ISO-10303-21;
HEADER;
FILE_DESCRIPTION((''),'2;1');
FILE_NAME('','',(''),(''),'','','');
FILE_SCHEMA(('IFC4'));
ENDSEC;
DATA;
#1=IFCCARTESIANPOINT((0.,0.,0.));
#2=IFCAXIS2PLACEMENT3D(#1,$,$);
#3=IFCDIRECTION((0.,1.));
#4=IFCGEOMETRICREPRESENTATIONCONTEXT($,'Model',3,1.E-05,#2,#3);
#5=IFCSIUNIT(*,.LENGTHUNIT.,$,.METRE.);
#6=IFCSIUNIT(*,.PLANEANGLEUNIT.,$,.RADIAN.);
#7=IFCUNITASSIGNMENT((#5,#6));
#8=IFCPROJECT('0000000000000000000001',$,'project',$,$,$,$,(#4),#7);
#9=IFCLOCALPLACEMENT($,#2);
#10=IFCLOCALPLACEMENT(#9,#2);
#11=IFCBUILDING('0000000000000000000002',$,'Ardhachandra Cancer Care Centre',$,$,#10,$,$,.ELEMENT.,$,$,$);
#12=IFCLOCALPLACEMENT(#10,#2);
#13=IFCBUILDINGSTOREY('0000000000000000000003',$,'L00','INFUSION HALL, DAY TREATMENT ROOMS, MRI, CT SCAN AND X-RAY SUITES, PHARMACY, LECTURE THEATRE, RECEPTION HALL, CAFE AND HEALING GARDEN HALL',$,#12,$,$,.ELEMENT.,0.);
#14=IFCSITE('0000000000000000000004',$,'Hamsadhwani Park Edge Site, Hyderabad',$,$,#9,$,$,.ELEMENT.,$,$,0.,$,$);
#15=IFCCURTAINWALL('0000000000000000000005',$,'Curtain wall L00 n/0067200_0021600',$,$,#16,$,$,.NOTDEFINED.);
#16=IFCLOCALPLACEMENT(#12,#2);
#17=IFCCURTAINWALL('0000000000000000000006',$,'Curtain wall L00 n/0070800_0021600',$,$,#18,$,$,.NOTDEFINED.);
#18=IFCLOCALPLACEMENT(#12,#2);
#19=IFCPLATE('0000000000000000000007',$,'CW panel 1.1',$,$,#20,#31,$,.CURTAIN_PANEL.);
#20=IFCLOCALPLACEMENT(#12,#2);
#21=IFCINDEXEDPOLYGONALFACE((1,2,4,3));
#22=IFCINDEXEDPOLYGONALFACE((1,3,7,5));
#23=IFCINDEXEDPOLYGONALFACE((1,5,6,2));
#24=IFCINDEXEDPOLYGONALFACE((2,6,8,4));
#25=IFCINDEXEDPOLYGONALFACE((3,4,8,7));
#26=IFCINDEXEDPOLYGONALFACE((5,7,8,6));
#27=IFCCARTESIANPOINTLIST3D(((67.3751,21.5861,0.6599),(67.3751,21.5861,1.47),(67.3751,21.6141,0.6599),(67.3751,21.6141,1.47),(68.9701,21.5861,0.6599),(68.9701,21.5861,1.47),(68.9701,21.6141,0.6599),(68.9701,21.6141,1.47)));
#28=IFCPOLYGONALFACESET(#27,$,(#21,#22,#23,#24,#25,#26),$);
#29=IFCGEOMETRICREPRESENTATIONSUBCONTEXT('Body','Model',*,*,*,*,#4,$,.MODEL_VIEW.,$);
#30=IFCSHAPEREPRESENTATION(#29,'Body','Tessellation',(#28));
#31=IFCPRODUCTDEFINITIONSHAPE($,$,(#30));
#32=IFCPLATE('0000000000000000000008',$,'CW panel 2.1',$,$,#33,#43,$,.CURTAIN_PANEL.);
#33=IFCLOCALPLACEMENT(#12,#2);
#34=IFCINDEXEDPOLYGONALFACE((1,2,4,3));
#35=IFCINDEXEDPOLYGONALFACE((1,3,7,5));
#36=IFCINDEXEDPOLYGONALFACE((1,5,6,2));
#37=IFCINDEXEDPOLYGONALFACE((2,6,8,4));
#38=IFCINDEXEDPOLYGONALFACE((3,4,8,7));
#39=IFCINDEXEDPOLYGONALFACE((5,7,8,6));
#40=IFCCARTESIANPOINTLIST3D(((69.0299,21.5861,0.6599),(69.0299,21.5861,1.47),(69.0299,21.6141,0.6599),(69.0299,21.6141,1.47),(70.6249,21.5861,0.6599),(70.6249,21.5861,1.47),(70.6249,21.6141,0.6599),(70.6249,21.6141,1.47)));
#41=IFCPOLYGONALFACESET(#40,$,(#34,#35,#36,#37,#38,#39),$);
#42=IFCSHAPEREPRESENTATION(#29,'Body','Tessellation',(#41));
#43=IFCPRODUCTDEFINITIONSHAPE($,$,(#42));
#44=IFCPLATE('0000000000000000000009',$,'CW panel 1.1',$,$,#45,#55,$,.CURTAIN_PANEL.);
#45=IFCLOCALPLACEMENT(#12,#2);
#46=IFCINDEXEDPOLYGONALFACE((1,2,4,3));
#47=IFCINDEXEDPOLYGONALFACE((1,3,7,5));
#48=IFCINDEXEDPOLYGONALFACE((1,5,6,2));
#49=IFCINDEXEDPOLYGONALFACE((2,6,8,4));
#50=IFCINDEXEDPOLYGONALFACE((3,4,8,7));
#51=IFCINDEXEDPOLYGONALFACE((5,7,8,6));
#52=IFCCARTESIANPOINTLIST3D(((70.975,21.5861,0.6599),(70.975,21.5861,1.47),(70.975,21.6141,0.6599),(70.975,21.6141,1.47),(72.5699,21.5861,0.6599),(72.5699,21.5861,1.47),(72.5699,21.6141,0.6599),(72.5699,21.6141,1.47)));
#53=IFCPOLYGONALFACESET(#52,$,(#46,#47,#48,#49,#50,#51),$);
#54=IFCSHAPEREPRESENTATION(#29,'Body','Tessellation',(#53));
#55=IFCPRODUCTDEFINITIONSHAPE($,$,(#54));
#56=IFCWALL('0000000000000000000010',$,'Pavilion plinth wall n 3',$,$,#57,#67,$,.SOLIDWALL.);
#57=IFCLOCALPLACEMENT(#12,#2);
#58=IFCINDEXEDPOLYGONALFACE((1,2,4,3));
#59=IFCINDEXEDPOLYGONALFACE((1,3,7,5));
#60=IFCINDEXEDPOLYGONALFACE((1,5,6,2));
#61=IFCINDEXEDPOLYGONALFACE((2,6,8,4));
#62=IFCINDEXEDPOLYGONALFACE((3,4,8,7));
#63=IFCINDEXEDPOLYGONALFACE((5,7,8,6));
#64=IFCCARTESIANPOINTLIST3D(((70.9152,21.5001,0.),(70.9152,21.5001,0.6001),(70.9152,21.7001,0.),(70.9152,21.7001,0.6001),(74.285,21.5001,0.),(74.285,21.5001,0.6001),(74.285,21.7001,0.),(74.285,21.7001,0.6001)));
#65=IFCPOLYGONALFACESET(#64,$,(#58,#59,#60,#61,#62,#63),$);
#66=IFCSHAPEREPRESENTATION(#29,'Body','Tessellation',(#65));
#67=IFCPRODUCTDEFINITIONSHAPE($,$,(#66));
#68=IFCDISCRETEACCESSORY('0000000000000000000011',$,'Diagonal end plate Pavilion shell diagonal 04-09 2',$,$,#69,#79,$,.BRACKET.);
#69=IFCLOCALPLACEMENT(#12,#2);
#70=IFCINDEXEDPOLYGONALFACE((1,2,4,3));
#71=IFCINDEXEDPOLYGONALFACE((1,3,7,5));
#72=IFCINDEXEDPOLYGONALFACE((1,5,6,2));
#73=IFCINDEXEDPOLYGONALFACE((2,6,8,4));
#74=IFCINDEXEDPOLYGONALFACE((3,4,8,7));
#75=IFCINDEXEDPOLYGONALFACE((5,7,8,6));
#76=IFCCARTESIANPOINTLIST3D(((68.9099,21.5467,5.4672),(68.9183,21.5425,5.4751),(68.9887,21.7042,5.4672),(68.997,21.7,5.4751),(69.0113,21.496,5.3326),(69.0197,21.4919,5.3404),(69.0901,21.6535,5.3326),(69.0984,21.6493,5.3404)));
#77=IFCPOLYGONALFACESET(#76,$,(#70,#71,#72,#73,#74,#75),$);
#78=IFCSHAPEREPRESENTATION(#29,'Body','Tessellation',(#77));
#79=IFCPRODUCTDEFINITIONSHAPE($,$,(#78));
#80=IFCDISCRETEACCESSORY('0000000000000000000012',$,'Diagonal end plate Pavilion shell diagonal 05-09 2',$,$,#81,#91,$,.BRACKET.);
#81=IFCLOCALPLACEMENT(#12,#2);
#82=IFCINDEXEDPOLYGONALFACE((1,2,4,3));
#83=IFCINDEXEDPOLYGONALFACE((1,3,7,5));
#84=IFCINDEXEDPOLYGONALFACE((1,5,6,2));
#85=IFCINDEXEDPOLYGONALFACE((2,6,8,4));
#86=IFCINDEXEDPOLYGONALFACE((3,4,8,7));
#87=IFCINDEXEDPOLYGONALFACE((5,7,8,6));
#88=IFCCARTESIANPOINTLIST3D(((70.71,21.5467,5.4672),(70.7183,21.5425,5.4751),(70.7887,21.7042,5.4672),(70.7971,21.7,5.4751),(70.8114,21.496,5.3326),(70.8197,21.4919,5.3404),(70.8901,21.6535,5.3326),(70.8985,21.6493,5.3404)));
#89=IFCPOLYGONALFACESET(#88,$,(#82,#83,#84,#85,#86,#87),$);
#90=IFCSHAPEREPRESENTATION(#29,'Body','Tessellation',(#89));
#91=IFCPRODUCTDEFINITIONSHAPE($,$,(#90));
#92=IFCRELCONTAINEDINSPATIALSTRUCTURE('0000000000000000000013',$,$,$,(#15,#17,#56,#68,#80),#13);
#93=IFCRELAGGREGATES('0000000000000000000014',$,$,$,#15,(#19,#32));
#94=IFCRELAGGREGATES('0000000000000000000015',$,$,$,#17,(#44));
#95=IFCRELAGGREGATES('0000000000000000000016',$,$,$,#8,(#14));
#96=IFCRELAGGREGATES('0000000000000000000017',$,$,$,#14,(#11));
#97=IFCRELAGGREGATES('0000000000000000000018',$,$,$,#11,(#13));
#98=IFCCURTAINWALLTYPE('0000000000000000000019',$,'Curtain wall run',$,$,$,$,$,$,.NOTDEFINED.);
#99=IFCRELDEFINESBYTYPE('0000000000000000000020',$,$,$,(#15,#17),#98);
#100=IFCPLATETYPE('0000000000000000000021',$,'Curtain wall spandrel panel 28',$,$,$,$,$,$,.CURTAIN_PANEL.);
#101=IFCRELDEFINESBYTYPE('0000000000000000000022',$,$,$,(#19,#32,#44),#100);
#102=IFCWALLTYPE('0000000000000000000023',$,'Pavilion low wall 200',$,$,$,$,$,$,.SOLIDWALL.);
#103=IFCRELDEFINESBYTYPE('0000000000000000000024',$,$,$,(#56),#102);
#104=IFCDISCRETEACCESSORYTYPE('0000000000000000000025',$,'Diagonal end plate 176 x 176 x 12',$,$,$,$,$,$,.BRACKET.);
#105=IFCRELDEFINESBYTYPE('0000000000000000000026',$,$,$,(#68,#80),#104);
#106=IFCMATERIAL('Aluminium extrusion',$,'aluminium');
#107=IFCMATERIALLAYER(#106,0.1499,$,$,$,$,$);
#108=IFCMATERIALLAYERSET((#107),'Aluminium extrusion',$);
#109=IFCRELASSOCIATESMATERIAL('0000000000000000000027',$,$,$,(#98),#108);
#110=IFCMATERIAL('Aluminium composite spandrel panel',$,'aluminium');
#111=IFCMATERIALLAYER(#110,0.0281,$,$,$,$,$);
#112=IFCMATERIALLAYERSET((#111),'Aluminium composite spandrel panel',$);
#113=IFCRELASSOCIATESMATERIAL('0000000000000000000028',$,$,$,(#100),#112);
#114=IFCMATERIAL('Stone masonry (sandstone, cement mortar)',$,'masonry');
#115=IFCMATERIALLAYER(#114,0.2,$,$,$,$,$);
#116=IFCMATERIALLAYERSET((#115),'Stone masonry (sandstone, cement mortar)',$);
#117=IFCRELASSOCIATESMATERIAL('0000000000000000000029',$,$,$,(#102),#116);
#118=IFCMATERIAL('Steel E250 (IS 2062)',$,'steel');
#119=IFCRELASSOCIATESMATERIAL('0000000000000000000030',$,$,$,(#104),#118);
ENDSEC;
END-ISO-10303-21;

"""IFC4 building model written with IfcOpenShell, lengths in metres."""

from ifc_helpers import new_model, si_unit, direction, frame, frame_2d, origin, origin_2d, place, context, subcontext, project, spatial, rectangle, extrude, material, layer, layer_set, material_profile, profile_set, type_object, element, aggregate, save


model = new_model("IFC4")

# Units and contexts
model_context = context("Model", 3, precision=1e-05, world=origin(), true_north=direction((0.0, 1.0)))
body_context = subcontext(model_context, "Body", "Model", "MODEL_VIEW")
ifc_project = project(units=[si_unit("LENGTHUNIT", "METRE"), si_unit("PLANEANGLEUNIT", "RADIAN")], contexts=[model_context])

# Site, building, storey
site_placement = place(None, origin())
site = spatial("IfcSite", under=ifc_project, at=site_placement, Name="Hamsadhwani Park Edge Site, Hyderabad", CompositionType="ELEMENT", RefElevation=0.0)
building_placement = place(site_placement, origin())
building = spatial("IfcBuilding", under=site, at=building_placement, Name="Ardhachandra Cancer Care Centre", CompositionType="ELEMENT")
storey_placement = place(building_placement, origin())
storey = spatial("IfcBuildingStorey", under=building, at=storey_placement, Name="L00", Description="INFUSION HALL, DAY TREATMENT ROOMS, MRI, CT SCAN AND X-RAY SUITES, PHARMACY, LECTURE THEATRE, RECEPTION HALL, CAFE AND HEALING GARDEN HALL", CompositionType="ELEMENT", Elevation=0.0)

# Curtain wall
ifc_material_1 = material(Name="Aluminium extrusion", Category="aluminium")
ifc_layer_1 = layer(ifc_material_1, 0.1499)
ifc_layer_set_1 = layer_set([ifc_layer_1], Name="Aluminium extrusion")
curtain_wall_type = type_object("IfcCurtainWallType", Name="Curtain wall run", PredefinedType="NOTDEFINED", material=ifc_layer_set_1)
curtain_wall_1_placement = place(storey_placement, origin())
curtain_wall_1 = element("IfcCurtainWall", 1, at=curtain_wall_1_placement, inside=storey, type_object=curtain_wall_type, Name="Curtain wall L00 n/0067200_0021600", PredefinedType="NOTDEFINED")

# Curtain wall
curtain_wall_2_placement = place(storey_placement, origin())
curtain_wall_2 = element("IfcCurtainWall", 2, at=curtain_wall_2_placement, inside=storey, type_object=curtain_wall_type, Name="Curtain wall L00 n/0070800_0021600", PredefinedType="NOTDEFINED")

# Plates
ifc_material_2 = material(Name="Aluminium composite spandrel panel", Category="aluminium")
ifc_layer_2 = layer(ifc_material_2, 0.0281)
ifc_layer_set_2 = layer_set([ifc_layer_2], Name="Aluminium composite spandrel panel")
plate_type_1 = type_object("IfcPlateType", Name="Curtain wall spandrel panel 28", PredefinedType="CURTAIN_PANEL", material=ifc_layer_set_2)
plate_1_placement = place(storey_placement, frame((68.1726, 21.6001, 0.6599), z_axis=(0.0, 0.0, 1.0), x_axis=(1.0, 0.0, 0.0)))
plate_1 = element("IfcPlate", 3, at=plate_1_placement, type_object=plate_type_1, Name="CW panel 1.1", PredefinedType="CURTAIN_PANEL", context=body_context, shape_type="SweptSolid", body=[
    extrude(rectangle(XDim=1.595, YDim=0.0281, at=origin_2d()), origin(), (0.0, 0.0, 1.0), 0.8101),
])
plate_2_placement = place(storey_placement, frame((69.8274, 21.6001, 0.6599), z_axis=(0.0, 0.0, 1.0), x_axis=(1.0, 0.0, 0.0)))
plate_2 = element("IfcPlate", 4, at=plate_2_placement, type_object=plate_type_1, Name="CW panel 2.1", PredefinedType="CURTAIN_PANEL", context=body_context, shape_type="SweptSolid", body=[
    extrude(rectangle(XDim=1.595, YDim=0.0281, at=origin_2d()), origin(), (0.0, 0.0, 1.0), 0.8101),
])
aggregate(curtain_wall_1, [plate_1, plate_2])
plate_3_placement = place(storey_placement, frame((71.7725, 21.6001, 0.6599), z_axis=(0.0, 0.0, 1.0), x_axis=(1.0, 0.0, 0.0)))
plate_3 = element("IfcPlate", 5, at=plate_3_placement, type_object=plate_type_1, Name="CW panel 1.1", PredefinedType="CURTAIN_PANEL", context=body_context, shape_type="SweptSolid", body=[
    extrude(rectangle(XDim=1.595, YDim=0.0281, at=origin_2d()), origin(), (0.0, 0.0, 1.0), 0.8101),
])
aggregate(curtain_wall_2, [plate_3])

# Wall
ifc_material_3 = material(Name="Stone masonry (sandstone, cement mortar)", Category="masonry")
ifc_layer_3 = layer(ifc_material_3, 0.2)
ifc_layer_set_3 = layer_set([ifc_layer_3], Name="Stone masonry (sandstone, cement mortar)")
wall_type = type_object("IfcWallType", Name="Pavilion low wall 200", PredefinedType="SOLIDWALL", material=ifc_layer_set_3)
wall_placement = place(storey_placement, frame((70.915, 21.6001, 0.0), z_axis=(0.0, 0.0, 1.0), x_axis=(1.0, 0.0, 0.0)))
element("IfcWall", 6, at=wall_placement, inside=storey, type_object=wall_type, Name="Pavilion plinth wall n 3", PredefinedType="SOLIDWALL", context=body_context, shape_type="SweptSolid", body=[
    extrude(rectangle(XDim=3.3699, YDim=0.2, at=frame_2d((1.6851, 0.0))), origin(), (0.0, 0.0, 1.0), 0.6001),
])

# Discrete accessories
ifc_material_4 = material(Name="Steel E250 (IS 2062)", Category="steel")
ifc_material_profile_1 = material_profile(ifc_material_4, rectangle(XDim=0.176, YDim=0.176, at=origin_2d()), Name="PL 176x176x12")
ifc_profile_set_1 = profile_set([ifc_material_profile_1], Name="Steel E250 (IS 2062)")
discrete_accessory_type = type_object("IfcDiscreteAccessoryType", Name="Diagonal end plate 176 x 176 x 12", PredefinedType="BRACKET", material=ifc_profile_set_1)
for number, where, z_axis, x_axis, name in (
    (7, (69.0, 21.6001, 5.3999), (0.684256, -0.342128, 0.644005), (0.447214, 0.894427, 0.0), "Diagonal end plate Pavilion shell diagonal 04-09 2"),
    (8, (70.8, 21.6001, 5.3999), (0.684256, -0.342128, 0.644005), (0.447214, 0.894427, 0.0), "Diagonal end plate Pavilion shell diagonal 05-09 2"),
):
    element("IfcDiscreteAccessory", number, at=place(storey_placement, frame(where, z_axis=z_axis, x_axis=x_axis)), inside=storey, type_object=discrete_accessory_type, Name=name, PredefinedType="BRACKET", context=body_context, shape_type="SweptSolid", body=[
        extrude(rectangle(XDim=0.176, YDim=0.176, at=origin_2d()), origin(), (0.0, 0.0, 1.0), 0.0122),
    ])

save(model, "model.ifc")
